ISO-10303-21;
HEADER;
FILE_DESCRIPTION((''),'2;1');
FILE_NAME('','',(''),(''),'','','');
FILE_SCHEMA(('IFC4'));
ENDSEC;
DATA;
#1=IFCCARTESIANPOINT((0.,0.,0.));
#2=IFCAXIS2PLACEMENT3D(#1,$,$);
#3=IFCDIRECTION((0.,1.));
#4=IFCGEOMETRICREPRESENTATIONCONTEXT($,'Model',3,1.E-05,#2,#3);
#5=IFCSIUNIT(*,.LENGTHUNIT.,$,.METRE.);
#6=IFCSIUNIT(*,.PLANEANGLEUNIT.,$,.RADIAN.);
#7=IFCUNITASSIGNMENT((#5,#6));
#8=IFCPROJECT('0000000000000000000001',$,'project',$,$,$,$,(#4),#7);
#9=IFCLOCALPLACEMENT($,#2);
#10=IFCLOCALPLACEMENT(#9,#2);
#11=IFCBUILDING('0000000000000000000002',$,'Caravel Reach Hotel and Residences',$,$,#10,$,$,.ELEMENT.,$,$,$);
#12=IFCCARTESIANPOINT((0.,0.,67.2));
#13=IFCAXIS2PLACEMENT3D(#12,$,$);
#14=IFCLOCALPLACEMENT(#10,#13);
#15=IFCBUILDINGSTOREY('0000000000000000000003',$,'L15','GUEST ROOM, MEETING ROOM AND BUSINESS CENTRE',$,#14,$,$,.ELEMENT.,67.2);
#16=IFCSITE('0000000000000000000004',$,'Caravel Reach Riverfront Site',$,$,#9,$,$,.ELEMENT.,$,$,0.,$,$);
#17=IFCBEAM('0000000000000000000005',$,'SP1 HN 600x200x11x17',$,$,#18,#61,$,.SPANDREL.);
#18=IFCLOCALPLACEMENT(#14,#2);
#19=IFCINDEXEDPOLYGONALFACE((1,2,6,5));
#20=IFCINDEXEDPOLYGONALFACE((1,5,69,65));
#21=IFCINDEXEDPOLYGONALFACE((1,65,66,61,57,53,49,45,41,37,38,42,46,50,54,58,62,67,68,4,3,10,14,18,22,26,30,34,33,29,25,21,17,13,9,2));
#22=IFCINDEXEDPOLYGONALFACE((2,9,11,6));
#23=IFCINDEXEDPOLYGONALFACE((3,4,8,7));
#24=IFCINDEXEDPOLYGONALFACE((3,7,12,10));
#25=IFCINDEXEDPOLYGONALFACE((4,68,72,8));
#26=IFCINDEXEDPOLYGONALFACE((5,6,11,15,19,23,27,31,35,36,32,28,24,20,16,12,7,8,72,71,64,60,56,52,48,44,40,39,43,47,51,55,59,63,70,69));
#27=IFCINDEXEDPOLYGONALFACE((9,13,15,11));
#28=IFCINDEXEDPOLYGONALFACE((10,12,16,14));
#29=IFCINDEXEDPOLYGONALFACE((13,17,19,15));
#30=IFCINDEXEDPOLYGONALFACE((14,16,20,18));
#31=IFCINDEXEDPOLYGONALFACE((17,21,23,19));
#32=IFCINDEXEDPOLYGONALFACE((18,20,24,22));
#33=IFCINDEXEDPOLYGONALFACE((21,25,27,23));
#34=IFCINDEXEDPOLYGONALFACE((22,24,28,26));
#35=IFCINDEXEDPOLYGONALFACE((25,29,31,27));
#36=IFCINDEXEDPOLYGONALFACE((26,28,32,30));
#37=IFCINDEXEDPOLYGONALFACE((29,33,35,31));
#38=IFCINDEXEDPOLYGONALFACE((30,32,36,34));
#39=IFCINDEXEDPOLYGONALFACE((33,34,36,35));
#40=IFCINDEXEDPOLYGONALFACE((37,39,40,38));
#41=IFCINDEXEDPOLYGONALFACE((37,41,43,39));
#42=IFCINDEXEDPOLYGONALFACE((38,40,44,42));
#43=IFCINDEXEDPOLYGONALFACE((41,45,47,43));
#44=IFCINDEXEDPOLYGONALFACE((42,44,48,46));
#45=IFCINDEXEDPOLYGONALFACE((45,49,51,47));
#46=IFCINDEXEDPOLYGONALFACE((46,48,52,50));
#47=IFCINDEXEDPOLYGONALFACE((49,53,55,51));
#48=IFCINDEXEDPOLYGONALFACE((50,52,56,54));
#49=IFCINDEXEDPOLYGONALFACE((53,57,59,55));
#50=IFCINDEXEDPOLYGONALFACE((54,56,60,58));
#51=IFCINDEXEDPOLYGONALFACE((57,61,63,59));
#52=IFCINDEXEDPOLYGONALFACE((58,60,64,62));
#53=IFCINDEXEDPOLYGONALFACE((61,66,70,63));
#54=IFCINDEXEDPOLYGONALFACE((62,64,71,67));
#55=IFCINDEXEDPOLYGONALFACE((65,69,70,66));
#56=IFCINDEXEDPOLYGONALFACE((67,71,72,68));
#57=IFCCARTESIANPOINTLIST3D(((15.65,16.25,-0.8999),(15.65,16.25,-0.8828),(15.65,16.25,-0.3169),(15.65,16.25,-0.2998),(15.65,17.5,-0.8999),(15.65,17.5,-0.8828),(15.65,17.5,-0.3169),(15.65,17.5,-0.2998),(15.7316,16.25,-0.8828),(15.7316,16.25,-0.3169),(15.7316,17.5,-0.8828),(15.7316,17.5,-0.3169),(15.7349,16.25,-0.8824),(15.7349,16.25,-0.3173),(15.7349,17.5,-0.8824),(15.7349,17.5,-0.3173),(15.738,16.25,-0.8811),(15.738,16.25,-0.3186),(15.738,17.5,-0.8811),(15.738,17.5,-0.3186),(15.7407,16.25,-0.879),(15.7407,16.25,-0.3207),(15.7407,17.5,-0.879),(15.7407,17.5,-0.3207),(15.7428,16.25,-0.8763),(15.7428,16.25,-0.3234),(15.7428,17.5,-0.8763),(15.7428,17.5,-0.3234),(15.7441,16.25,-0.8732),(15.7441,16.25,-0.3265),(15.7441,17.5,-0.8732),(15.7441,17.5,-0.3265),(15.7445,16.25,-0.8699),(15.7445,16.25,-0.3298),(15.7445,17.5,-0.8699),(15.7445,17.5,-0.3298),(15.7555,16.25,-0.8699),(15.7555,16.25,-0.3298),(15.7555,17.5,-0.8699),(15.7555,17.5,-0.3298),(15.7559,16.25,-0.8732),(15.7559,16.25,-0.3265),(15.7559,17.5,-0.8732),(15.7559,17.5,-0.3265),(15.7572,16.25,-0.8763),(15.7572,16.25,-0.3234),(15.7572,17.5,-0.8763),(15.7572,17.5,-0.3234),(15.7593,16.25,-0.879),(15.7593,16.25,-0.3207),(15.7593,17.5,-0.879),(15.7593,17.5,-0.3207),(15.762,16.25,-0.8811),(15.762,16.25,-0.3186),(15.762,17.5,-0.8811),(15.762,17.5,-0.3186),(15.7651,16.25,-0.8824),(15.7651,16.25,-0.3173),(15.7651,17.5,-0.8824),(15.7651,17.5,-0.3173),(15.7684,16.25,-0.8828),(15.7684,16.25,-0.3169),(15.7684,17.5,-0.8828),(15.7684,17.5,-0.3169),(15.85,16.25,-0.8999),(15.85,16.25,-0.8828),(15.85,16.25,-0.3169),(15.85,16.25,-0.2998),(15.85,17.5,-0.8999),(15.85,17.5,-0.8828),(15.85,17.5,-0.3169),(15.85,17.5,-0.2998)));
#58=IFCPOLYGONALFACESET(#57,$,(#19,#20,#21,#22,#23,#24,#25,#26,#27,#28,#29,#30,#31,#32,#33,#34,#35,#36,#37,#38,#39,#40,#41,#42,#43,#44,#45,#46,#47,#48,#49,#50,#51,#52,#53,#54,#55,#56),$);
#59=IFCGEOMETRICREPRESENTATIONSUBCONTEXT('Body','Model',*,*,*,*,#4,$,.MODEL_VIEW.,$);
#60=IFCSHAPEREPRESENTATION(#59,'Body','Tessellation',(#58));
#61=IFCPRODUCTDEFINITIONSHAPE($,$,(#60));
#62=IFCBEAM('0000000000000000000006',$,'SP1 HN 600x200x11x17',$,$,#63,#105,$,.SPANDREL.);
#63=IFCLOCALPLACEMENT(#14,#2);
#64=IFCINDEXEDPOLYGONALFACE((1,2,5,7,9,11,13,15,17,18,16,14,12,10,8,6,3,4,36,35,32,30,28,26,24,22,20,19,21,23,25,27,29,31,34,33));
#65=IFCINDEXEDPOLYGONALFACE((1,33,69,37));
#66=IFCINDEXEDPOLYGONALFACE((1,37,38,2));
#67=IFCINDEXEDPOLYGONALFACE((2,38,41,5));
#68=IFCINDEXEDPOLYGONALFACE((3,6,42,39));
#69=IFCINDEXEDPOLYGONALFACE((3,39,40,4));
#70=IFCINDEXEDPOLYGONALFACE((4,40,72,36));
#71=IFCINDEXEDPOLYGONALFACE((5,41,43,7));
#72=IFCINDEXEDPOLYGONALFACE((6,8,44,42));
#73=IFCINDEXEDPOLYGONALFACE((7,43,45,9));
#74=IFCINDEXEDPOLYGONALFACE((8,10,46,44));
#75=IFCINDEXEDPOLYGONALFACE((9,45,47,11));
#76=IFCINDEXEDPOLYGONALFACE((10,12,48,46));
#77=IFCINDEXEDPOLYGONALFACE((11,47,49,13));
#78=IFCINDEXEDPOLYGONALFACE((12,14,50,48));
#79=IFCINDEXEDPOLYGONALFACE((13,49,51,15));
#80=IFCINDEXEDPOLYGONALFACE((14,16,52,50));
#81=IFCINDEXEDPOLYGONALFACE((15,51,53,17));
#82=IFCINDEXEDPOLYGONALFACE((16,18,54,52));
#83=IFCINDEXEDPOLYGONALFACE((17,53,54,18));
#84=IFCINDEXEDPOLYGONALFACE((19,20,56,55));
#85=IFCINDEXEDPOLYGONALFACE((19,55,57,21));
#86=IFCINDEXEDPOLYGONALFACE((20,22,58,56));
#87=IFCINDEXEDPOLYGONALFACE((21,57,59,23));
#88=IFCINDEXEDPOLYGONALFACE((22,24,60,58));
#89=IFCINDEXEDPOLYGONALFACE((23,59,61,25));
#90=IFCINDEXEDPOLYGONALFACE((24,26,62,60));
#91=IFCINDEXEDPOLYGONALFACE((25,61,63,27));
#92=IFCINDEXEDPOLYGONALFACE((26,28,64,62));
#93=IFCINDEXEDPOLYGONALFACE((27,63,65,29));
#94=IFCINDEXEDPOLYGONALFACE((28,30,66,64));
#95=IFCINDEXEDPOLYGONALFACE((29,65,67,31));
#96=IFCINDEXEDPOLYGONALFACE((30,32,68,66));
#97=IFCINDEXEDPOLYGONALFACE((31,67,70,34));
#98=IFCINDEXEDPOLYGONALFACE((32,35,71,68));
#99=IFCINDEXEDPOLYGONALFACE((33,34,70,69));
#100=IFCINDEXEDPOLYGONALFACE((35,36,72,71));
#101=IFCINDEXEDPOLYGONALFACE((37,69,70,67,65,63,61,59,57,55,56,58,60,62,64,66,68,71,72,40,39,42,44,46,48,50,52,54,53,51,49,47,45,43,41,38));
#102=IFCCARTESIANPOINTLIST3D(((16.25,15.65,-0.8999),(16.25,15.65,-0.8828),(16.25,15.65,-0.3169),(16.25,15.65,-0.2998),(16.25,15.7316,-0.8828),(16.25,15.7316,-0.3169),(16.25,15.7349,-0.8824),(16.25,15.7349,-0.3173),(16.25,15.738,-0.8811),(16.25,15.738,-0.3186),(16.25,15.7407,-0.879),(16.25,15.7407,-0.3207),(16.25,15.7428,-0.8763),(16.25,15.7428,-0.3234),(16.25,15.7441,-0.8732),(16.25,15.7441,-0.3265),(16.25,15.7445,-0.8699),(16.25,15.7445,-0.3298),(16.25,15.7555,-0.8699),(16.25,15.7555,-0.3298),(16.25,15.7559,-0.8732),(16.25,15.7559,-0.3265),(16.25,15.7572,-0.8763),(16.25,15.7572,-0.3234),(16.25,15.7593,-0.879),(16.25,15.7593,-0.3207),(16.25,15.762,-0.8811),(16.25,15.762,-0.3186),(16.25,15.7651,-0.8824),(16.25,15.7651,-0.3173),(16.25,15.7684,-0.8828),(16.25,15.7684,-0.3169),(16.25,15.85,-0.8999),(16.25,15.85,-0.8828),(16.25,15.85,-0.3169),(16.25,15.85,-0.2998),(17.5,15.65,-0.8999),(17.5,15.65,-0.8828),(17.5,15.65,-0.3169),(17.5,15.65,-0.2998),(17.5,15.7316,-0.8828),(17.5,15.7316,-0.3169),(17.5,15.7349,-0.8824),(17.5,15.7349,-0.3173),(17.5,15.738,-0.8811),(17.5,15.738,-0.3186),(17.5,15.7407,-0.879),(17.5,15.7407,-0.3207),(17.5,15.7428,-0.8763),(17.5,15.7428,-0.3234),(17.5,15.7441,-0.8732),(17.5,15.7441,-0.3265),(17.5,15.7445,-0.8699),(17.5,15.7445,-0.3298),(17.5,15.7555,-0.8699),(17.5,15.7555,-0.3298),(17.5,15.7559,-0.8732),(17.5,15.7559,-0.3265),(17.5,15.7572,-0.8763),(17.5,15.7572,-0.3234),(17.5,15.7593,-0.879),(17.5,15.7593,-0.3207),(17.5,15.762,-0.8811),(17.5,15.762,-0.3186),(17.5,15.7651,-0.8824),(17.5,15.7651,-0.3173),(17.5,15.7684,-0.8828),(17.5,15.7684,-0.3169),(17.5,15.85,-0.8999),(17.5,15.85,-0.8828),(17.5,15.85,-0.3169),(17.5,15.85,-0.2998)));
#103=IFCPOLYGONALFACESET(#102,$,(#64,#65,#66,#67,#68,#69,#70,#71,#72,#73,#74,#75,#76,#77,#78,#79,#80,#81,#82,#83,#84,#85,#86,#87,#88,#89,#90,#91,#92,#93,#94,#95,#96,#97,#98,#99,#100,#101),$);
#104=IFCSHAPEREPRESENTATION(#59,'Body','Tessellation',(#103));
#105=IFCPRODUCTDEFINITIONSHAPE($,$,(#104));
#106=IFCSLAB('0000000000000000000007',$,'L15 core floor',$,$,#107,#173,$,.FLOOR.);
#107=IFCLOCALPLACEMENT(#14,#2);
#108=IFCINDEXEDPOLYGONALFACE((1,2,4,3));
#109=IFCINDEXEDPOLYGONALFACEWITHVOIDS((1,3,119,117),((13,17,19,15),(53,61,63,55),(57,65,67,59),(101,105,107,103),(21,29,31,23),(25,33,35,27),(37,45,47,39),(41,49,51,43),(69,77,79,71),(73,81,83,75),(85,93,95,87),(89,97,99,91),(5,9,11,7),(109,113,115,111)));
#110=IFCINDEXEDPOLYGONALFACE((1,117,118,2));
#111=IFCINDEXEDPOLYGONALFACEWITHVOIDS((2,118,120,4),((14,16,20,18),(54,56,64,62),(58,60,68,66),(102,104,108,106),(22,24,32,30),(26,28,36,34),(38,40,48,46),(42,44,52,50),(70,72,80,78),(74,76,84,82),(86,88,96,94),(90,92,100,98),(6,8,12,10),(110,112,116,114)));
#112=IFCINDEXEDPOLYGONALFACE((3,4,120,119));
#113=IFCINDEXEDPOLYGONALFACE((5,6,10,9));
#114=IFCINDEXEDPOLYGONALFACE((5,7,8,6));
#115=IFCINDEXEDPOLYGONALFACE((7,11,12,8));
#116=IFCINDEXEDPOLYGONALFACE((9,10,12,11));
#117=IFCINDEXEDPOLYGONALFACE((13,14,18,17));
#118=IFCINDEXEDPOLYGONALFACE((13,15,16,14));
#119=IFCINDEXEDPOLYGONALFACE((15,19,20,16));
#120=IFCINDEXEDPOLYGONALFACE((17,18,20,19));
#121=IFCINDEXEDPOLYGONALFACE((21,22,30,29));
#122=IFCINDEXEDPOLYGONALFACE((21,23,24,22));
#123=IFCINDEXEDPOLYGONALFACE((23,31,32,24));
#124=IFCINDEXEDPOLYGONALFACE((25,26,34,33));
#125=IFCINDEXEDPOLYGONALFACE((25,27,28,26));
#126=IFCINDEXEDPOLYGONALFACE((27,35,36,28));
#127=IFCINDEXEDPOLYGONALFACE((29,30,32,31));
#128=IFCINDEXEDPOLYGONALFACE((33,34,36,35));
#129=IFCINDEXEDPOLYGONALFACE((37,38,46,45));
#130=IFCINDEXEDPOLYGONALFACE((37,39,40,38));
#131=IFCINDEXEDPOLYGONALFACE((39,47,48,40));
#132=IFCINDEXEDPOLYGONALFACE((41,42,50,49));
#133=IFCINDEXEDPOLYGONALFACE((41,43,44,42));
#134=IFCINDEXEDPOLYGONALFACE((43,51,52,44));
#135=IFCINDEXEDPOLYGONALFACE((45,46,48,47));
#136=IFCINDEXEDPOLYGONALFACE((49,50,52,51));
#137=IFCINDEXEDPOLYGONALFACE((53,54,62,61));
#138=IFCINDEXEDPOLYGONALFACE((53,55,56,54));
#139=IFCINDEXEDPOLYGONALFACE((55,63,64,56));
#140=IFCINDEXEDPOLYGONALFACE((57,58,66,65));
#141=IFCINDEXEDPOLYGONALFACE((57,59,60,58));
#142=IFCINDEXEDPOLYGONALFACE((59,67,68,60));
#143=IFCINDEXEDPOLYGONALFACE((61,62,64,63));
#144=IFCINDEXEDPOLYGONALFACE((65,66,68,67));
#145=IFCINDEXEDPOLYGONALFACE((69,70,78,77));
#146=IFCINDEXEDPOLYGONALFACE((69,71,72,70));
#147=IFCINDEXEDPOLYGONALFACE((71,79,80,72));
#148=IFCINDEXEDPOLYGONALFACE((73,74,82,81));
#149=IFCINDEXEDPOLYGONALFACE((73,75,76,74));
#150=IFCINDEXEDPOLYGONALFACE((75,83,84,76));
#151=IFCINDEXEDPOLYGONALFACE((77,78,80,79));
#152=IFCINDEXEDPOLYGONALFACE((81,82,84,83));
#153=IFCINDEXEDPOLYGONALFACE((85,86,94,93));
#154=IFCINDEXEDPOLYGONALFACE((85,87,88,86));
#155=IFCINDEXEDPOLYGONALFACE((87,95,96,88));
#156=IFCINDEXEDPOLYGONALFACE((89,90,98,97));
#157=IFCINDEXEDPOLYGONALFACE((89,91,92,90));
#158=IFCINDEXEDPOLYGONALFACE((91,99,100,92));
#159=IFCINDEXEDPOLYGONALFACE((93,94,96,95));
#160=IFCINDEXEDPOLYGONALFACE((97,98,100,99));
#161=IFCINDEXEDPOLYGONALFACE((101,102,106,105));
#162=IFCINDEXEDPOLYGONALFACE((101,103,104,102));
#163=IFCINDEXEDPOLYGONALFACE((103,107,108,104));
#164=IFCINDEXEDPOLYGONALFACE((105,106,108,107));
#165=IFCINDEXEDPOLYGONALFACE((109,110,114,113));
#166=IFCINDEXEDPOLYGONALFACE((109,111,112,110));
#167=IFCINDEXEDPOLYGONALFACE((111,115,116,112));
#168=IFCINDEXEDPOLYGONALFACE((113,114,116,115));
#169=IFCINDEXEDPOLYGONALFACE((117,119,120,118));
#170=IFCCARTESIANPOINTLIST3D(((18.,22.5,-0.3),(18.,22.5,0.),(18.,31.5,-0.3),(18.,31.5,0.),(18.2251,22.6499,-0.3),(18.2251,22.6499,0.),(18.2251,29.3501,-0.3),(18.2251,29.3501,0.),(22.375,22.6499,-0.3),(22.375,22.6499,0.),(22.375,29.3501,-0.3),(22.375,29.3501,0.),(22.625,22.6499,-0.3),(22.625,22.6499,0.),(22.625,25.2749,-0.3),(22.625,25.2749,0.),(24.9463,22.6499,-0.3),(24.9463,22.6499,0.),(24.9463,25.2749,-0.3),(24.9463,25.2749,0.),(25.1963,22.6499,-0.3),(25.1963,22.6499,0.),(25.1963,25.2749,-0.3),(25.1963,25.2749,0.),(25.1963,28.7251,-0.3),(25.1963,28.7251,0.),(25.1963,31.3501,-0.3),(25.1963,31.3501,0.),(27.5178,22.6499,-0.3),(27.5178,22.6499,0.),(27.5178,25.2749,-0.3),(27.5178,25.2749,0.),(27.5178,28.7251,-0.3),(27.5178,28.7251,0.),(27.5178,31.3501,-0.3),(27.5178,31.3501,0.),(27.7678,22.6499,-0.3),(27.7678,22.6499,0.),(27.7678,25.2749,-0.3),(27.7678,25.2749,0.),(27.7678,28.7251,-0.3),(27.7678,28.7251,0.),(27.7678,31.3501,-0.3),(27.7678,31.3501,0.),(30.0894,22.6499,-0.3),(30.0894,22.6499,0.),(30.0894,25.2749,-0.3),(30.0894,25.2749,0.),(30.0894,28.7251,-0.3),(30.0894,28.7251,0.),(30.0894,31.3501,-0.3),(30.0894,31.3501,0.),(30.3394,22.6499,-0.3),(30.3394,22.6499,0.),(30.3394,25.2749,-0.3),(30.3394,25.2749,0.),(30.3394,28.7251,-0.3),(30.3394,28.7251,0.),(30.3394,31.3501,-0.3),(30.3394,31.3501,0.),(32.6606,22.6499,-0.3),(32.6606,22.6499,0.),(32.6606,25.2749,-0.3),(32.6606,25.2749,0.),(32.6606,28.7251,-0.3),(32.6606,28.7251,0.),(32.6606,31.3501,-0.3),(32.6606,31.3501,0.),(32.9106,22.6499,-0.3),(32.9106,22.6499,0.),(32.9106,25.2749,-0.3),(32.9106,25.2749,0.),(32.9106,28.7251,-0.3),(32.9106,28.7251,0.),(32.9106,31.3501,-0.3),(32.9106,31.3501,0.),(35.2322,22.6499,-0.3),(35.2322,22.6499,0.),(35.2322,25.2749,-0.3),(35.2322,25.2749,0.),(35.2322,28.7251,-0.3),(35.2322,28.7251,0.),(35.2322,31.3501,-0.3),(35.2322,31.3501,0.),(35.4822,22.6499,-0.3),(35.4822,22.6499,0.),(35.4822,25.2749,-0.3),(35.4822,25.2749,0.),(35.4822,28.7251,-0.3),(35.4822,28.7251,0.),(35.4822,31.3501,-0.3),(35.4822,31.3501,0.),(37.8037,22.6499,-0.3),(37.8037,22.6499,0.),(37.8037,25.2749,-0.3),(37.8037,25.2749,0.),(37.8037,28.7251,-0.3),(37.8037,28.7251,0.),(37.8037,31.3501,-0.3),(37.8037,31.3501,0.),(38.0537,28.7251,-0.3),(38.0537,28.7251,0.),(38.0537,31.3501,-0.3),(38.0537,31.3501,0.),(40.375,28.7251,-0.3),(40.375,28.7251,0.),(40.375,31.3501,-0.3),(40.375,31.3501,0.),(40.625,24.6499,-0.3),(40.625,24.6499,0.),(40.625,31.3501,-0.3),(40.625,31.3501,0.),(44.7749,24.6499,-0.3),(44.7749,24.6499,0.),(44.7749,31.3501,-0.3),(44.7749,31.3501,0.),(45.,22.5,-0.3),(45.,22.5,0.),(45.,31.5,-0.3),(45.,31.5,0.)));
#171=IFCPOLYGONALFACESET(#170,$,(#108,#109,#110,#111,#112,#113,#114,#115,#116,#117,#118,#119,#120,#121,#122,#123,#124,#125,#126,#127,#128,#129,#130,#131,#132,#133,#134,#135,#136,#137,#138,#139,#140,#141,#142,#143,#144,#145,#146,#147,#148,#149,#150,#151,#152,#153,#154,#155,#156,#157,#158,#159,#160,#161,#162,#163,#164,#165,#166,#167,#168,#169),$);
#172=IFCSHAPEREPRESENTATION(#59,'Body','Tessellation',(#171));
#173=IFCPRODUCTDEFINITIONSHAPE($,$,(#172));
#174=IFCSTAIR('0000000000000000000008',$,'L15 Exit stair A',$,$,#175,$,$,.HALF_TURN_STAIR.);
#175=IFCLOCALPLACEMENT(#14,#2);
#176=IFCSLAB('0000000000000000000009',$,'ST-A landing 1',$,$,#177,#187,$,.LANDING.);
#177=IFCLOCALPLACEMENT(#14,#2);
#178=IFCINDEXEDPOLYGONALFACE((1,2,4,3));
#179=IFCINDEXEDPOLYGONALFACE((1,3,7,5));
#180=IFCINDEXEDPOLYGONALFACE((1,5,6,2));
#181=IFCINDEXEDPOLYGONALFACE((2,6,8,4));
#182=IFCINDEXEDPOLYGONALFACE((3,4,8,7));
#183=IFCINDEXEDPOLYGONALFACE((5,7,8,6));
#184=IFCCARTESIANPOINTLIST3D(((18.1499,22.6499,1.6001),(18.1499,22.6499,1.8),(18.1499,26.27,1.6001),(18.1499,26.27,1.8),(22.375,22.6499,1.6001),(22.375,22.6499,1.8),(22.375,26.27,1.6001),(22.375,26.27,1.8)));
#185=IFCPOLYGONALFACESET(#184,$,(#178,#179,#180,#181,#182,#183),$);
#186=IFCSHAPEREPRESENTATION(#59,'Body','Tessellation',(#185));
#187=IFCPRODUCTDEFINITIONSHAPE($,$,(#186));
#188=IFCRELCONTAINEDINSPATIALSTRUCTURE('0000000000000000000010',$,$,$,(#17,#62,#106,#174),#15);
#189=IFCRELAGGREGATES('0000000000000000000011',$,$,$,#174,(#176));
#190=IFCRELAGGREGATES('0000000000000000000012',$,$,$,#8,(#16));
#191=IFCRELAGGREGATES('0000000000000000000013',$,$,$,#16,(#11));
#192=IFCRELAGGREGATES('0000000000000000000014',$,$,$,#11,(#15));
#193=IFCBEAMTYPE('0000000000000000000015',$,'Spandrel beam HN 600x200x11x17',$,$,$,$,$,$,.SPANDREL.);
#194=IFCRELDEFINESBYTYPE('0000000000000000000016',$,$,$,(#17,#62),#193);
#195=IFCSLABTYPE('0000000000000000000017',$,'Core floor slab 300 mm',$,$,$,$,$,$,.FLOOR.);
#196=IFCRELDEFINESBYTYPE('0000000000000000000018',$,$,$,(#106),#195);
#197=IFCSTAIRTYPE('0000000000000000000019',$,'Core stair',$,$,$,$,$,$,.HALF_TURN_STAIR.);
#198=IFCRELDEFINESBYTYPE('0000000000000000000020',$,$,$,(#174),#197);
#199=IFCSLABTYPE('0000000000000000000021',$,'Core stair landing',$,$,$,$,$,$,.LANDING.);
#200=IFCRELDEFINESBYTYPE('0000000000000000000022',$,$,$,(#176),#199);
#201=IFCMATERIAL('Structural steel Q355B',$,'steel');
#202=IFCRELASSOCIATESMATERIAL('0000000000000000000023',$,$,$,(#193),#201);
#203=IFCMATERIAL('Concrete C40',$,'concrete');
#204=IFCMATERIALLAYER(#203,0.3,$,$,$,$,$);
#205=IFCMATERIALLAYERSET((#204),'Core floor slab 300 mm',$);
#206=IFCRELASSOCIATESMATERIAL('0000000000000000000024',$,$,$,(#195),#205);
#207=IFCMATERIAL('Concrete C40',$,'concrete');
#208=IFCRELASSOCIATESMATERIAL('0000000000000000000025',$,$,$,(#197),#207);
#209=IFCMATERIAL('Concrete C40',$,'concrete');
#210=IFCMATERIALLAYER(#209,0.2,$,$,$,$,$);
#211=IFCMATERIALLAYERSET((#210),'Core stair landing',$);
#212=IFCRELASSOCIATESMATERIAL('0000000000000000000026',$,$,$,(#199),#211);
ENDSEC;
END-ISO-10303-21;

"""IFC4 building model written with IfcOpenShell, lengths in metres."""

from ifc_helpers import new_model, si_unit, direction, frame, origin, origin_2d, place, context, subcontext, project, spatial, polyline, i_section, outline, extrude, material, layer, layer_set, material_profile, profile_set, type_object, element, aggregate, save


model = new_model("IFC4")

# Units and contexts
model_context = context("Model", 3, precision=1e-05, world=origin(), true_north=direction((0.0, 1.0)))
body_context = subcontext(model_context, "Body", "Model", "MODEL_VIEW")
ifc_project = project(units=[si_unit("LENGTHUNIT", "METRE"), si_unit("PLANEANGLEUNIT", "RADIAN")], contexts=[model_context])

# Site, building, storey
site_placement = place(None, origin())
site = spatial("IfcSite", under=ifc_project, at=site_placement, Name="Caravel Reach Riverfront Site", CompositionType="ELEMENT", RefElevation=0.0)
building_placement = place(site_placement, origin())
building = spatial("IfcBuilding", under=site, at=building_placement, Name="Caravel Reach Hotel and Residences", CompositionType="ELEMENT")
storey_placement = place(building_placement, frame((0.0, 0.0, 67.2)))
storey = spatial("IfcBuildingStorey", under=building, at=storey_placement, Name="L15", Description="GUEST ROOM, MEETING ROOM AND BUSINESS CENTRE", CompositionType="ELEMENT", Elevation=67.2)

# Beams
ifc_material_1 = material(Name="Structural steel Q355B", Category="steel")
ifc_material_profile_1 = material_profile(ifc_material_1, i_section(OverallWidth=0.2, OverallDepth=0.6001, WebThickness=0.011, FlangeThickness=0.0171, FilletRadius=0.0129, at=origin_2d()), Name="HN 600x200x11x17")
ifc_profile_set_1 = profile_set([ifc_material_profile_1], Name="Structural steel Q355B")
beam_type = type_object("IfcBeamType", Name="Spandrel beam HN 600x200x11x17", PredefinedType="SPANDREL", material=ifc_profile_set_1)
for number, where, z_axis, x_axis, name in (
    (1, (15.75, 17.5, -0.5999), (0.0, -1.0, 0.0), (1.0, 0.0, 0.0), "SP1 HN 600x200x11x17"),
    (2, (16.25, 15.75, -0.5999), (1.0, 0.0, 0.0), (0.0, 1.0, 0.0), "SP1 HN 600x200x11x17"),
):
    element("IfcBeam", number, at=place(storey_placement, frame(where, z_axis=z_axis, x_axis=x_axis)), inside=storey, type_object=beam_type, Name=name, PredefinedType="SPANDREL", context=body_context, shape_type="SweptSolid", body=[
        extrude(i_section(OverallWidth=0.2, OverallDepth=0.6001, WebThickness=0.011, FlangeThickness=0.0171, FilletRadius=0.0129, at=origin_2d()), origin(), (0.0, 0.0, 1.0), 1.25),
    ])

# Slab
ifc_material_2 = material(Name="Concrete C40", Category="concrete")
ifc_layer_1 = layer(ifc_material_2, 0.3)
ifc_layer_set_1 = layer_set([ifc_layer_1], Name="Core floor slab 300 mm")
slab_type_1 = type_object("IfcSlabType", Name="Core floor slab 300 mm", PredefinedType="FLOOR", material=ifc_layer_set_1)
slab_1_placement = place(storey_placement, frame((0.0, 0.0, -0.3)))
element("IfcSlab", 3, at=slab_1_placement, inside=storey, type_object=slab_type_1, Name="L15 core floor", PredefinedType="FLOOR", context=body_context, shape_type="SweptSolid", body=[
    extrude(outline(polyline([(18.0, 31.5), (45.0, 31.5), (45.0, 22.5), (18.0, 22.5), (18.0, 31.5)]), holes=[polyline([(22.625, 25.2749), (22.625, 22.6499), (24.9463, 22.6499), (24.9463, 25.2749), (22.625, 25.2749)]), polyline([(27.5178, 25.2749), (25.1963, 25.2749), (25.1963, 22.6499), (27.5178, 22.6499), (27.5178, 25.2749)]), polyline([(30.0894, 25.2749), (27.7678, 25.2749), (27.7678, 22.6499), (30.0894, 22.6499), (30.0894, 25.2749)]), polyline([(32.6606, 25.2749), (30.3394, 25.2749), (30.3394, 22.6499), (32.6606, 22.6499), (32.6606, 25.2749)]), polyline([(18.2251, 22.6499), (22.375, 22.6499), (22.375, 29.3501), (18.2251, 29.3501), (18.2251, 22.6499)]), polyline([(27.5178, 31.3501), (25.1963, 31.3501), (25.1963, 28.7251), (27.5178, 28.7251), (27.5178, 31.3501)]), polyline([(30.0894, 31.3501), (27.7678, 31.3501), (27.7678, 28.7251), (30.0894, 28.7251), (30.0894, 31.3501)]), polyline([(32.9106, 25.2749), (32.9106, 22.6499), (35.2322, 22.6499), (35.2322, 25.2749), (32.9106, 25.2749)]), polyline([(37.8037, 25.2749), (35.4822, 25.2749), (35.4822, 22.6499), (37.8037, 22.6499), (37.8037, 25.2749)]), polyline([(44.7749, 31.3501), (40.625, 31.3501), (40.625, 24.6499), (44.7749, 24.6499), (44.7749, 31.3501)]), polyline([(32.6606, 31.3501), (30.3394, 31.3501), (30.3394, 28.7251), (32.6606, 28.7251), (32.6606, 31.3501)]), polyline([(35.2322, 31.3501), (32.9106, 31.3501), (32.9106, 28.7251), (35.2322, 28.7251), (35.2322, 31.3501)]), polyline([(37.8037, 31.3501), (35.4822, 31.3501), (35.4822, 28.7251), (37.8037, 28.7251), (37.8037, 31.3501)]), polyline([(40.375, 31.3501), (38.0537, 31.3501), (38.0537, 28.7251), (40.375, 28.7251), (40.375, 31.3501)])]), origin(), (0.0, 0.0, 1.0), 0.3),
])

# Stair, slab
ifc_material_3 = material(Name="Concrete C40", Category="concrete")
stair_type = type_object("IfcStairType", Name="Core stair", PredefinedType="HALF_TURN_STAIR", material=ifc_material_3)
stair_1_placement = place(storey_placement, origin())
stair_1 = element("IfcStair", 4, at=stair_1_placement, inside=storey, type_object=stair_type, Name="L15 Exit stair A", PredefinedType="HALF_TURN_STAIR")
ifc_material_4 = material(Name="Concrete C40", Category="concrete")
ifc_layer_2 = layer(ifc_material_4, 0.2)
ifc_layer_set_2 = layer_set([ifc_layer_2], Name="Core stair landing")
slab_type_2 = type_object("IfcSlabType", Name="Core stair landing", PredefinedType="LANDING", material=ifc_layer_set_2)
slab_2_placement = place(storey_placement, frame((0.0, 0.0, 1.6001)))
slab_2 = element("IfcSlab", 5, at=slab_2_placement, type_object=slab_type_2, Name="ST-A landing 1", PredefinedType="LANDING", context=body_context, shape_type="SweptSolid", body=[
    extrude(outline(polyline([(18.1499, 26.27), (18.1499, 22.6499), (22.375, 22.6499), (22.375, 26.27), (18.1499, 26.27)])), origin(), (0.0, 0.0, 1.0), 0.2),
])
aggregate(stair_1, [slab_2])

save(model, "model.ifc")
